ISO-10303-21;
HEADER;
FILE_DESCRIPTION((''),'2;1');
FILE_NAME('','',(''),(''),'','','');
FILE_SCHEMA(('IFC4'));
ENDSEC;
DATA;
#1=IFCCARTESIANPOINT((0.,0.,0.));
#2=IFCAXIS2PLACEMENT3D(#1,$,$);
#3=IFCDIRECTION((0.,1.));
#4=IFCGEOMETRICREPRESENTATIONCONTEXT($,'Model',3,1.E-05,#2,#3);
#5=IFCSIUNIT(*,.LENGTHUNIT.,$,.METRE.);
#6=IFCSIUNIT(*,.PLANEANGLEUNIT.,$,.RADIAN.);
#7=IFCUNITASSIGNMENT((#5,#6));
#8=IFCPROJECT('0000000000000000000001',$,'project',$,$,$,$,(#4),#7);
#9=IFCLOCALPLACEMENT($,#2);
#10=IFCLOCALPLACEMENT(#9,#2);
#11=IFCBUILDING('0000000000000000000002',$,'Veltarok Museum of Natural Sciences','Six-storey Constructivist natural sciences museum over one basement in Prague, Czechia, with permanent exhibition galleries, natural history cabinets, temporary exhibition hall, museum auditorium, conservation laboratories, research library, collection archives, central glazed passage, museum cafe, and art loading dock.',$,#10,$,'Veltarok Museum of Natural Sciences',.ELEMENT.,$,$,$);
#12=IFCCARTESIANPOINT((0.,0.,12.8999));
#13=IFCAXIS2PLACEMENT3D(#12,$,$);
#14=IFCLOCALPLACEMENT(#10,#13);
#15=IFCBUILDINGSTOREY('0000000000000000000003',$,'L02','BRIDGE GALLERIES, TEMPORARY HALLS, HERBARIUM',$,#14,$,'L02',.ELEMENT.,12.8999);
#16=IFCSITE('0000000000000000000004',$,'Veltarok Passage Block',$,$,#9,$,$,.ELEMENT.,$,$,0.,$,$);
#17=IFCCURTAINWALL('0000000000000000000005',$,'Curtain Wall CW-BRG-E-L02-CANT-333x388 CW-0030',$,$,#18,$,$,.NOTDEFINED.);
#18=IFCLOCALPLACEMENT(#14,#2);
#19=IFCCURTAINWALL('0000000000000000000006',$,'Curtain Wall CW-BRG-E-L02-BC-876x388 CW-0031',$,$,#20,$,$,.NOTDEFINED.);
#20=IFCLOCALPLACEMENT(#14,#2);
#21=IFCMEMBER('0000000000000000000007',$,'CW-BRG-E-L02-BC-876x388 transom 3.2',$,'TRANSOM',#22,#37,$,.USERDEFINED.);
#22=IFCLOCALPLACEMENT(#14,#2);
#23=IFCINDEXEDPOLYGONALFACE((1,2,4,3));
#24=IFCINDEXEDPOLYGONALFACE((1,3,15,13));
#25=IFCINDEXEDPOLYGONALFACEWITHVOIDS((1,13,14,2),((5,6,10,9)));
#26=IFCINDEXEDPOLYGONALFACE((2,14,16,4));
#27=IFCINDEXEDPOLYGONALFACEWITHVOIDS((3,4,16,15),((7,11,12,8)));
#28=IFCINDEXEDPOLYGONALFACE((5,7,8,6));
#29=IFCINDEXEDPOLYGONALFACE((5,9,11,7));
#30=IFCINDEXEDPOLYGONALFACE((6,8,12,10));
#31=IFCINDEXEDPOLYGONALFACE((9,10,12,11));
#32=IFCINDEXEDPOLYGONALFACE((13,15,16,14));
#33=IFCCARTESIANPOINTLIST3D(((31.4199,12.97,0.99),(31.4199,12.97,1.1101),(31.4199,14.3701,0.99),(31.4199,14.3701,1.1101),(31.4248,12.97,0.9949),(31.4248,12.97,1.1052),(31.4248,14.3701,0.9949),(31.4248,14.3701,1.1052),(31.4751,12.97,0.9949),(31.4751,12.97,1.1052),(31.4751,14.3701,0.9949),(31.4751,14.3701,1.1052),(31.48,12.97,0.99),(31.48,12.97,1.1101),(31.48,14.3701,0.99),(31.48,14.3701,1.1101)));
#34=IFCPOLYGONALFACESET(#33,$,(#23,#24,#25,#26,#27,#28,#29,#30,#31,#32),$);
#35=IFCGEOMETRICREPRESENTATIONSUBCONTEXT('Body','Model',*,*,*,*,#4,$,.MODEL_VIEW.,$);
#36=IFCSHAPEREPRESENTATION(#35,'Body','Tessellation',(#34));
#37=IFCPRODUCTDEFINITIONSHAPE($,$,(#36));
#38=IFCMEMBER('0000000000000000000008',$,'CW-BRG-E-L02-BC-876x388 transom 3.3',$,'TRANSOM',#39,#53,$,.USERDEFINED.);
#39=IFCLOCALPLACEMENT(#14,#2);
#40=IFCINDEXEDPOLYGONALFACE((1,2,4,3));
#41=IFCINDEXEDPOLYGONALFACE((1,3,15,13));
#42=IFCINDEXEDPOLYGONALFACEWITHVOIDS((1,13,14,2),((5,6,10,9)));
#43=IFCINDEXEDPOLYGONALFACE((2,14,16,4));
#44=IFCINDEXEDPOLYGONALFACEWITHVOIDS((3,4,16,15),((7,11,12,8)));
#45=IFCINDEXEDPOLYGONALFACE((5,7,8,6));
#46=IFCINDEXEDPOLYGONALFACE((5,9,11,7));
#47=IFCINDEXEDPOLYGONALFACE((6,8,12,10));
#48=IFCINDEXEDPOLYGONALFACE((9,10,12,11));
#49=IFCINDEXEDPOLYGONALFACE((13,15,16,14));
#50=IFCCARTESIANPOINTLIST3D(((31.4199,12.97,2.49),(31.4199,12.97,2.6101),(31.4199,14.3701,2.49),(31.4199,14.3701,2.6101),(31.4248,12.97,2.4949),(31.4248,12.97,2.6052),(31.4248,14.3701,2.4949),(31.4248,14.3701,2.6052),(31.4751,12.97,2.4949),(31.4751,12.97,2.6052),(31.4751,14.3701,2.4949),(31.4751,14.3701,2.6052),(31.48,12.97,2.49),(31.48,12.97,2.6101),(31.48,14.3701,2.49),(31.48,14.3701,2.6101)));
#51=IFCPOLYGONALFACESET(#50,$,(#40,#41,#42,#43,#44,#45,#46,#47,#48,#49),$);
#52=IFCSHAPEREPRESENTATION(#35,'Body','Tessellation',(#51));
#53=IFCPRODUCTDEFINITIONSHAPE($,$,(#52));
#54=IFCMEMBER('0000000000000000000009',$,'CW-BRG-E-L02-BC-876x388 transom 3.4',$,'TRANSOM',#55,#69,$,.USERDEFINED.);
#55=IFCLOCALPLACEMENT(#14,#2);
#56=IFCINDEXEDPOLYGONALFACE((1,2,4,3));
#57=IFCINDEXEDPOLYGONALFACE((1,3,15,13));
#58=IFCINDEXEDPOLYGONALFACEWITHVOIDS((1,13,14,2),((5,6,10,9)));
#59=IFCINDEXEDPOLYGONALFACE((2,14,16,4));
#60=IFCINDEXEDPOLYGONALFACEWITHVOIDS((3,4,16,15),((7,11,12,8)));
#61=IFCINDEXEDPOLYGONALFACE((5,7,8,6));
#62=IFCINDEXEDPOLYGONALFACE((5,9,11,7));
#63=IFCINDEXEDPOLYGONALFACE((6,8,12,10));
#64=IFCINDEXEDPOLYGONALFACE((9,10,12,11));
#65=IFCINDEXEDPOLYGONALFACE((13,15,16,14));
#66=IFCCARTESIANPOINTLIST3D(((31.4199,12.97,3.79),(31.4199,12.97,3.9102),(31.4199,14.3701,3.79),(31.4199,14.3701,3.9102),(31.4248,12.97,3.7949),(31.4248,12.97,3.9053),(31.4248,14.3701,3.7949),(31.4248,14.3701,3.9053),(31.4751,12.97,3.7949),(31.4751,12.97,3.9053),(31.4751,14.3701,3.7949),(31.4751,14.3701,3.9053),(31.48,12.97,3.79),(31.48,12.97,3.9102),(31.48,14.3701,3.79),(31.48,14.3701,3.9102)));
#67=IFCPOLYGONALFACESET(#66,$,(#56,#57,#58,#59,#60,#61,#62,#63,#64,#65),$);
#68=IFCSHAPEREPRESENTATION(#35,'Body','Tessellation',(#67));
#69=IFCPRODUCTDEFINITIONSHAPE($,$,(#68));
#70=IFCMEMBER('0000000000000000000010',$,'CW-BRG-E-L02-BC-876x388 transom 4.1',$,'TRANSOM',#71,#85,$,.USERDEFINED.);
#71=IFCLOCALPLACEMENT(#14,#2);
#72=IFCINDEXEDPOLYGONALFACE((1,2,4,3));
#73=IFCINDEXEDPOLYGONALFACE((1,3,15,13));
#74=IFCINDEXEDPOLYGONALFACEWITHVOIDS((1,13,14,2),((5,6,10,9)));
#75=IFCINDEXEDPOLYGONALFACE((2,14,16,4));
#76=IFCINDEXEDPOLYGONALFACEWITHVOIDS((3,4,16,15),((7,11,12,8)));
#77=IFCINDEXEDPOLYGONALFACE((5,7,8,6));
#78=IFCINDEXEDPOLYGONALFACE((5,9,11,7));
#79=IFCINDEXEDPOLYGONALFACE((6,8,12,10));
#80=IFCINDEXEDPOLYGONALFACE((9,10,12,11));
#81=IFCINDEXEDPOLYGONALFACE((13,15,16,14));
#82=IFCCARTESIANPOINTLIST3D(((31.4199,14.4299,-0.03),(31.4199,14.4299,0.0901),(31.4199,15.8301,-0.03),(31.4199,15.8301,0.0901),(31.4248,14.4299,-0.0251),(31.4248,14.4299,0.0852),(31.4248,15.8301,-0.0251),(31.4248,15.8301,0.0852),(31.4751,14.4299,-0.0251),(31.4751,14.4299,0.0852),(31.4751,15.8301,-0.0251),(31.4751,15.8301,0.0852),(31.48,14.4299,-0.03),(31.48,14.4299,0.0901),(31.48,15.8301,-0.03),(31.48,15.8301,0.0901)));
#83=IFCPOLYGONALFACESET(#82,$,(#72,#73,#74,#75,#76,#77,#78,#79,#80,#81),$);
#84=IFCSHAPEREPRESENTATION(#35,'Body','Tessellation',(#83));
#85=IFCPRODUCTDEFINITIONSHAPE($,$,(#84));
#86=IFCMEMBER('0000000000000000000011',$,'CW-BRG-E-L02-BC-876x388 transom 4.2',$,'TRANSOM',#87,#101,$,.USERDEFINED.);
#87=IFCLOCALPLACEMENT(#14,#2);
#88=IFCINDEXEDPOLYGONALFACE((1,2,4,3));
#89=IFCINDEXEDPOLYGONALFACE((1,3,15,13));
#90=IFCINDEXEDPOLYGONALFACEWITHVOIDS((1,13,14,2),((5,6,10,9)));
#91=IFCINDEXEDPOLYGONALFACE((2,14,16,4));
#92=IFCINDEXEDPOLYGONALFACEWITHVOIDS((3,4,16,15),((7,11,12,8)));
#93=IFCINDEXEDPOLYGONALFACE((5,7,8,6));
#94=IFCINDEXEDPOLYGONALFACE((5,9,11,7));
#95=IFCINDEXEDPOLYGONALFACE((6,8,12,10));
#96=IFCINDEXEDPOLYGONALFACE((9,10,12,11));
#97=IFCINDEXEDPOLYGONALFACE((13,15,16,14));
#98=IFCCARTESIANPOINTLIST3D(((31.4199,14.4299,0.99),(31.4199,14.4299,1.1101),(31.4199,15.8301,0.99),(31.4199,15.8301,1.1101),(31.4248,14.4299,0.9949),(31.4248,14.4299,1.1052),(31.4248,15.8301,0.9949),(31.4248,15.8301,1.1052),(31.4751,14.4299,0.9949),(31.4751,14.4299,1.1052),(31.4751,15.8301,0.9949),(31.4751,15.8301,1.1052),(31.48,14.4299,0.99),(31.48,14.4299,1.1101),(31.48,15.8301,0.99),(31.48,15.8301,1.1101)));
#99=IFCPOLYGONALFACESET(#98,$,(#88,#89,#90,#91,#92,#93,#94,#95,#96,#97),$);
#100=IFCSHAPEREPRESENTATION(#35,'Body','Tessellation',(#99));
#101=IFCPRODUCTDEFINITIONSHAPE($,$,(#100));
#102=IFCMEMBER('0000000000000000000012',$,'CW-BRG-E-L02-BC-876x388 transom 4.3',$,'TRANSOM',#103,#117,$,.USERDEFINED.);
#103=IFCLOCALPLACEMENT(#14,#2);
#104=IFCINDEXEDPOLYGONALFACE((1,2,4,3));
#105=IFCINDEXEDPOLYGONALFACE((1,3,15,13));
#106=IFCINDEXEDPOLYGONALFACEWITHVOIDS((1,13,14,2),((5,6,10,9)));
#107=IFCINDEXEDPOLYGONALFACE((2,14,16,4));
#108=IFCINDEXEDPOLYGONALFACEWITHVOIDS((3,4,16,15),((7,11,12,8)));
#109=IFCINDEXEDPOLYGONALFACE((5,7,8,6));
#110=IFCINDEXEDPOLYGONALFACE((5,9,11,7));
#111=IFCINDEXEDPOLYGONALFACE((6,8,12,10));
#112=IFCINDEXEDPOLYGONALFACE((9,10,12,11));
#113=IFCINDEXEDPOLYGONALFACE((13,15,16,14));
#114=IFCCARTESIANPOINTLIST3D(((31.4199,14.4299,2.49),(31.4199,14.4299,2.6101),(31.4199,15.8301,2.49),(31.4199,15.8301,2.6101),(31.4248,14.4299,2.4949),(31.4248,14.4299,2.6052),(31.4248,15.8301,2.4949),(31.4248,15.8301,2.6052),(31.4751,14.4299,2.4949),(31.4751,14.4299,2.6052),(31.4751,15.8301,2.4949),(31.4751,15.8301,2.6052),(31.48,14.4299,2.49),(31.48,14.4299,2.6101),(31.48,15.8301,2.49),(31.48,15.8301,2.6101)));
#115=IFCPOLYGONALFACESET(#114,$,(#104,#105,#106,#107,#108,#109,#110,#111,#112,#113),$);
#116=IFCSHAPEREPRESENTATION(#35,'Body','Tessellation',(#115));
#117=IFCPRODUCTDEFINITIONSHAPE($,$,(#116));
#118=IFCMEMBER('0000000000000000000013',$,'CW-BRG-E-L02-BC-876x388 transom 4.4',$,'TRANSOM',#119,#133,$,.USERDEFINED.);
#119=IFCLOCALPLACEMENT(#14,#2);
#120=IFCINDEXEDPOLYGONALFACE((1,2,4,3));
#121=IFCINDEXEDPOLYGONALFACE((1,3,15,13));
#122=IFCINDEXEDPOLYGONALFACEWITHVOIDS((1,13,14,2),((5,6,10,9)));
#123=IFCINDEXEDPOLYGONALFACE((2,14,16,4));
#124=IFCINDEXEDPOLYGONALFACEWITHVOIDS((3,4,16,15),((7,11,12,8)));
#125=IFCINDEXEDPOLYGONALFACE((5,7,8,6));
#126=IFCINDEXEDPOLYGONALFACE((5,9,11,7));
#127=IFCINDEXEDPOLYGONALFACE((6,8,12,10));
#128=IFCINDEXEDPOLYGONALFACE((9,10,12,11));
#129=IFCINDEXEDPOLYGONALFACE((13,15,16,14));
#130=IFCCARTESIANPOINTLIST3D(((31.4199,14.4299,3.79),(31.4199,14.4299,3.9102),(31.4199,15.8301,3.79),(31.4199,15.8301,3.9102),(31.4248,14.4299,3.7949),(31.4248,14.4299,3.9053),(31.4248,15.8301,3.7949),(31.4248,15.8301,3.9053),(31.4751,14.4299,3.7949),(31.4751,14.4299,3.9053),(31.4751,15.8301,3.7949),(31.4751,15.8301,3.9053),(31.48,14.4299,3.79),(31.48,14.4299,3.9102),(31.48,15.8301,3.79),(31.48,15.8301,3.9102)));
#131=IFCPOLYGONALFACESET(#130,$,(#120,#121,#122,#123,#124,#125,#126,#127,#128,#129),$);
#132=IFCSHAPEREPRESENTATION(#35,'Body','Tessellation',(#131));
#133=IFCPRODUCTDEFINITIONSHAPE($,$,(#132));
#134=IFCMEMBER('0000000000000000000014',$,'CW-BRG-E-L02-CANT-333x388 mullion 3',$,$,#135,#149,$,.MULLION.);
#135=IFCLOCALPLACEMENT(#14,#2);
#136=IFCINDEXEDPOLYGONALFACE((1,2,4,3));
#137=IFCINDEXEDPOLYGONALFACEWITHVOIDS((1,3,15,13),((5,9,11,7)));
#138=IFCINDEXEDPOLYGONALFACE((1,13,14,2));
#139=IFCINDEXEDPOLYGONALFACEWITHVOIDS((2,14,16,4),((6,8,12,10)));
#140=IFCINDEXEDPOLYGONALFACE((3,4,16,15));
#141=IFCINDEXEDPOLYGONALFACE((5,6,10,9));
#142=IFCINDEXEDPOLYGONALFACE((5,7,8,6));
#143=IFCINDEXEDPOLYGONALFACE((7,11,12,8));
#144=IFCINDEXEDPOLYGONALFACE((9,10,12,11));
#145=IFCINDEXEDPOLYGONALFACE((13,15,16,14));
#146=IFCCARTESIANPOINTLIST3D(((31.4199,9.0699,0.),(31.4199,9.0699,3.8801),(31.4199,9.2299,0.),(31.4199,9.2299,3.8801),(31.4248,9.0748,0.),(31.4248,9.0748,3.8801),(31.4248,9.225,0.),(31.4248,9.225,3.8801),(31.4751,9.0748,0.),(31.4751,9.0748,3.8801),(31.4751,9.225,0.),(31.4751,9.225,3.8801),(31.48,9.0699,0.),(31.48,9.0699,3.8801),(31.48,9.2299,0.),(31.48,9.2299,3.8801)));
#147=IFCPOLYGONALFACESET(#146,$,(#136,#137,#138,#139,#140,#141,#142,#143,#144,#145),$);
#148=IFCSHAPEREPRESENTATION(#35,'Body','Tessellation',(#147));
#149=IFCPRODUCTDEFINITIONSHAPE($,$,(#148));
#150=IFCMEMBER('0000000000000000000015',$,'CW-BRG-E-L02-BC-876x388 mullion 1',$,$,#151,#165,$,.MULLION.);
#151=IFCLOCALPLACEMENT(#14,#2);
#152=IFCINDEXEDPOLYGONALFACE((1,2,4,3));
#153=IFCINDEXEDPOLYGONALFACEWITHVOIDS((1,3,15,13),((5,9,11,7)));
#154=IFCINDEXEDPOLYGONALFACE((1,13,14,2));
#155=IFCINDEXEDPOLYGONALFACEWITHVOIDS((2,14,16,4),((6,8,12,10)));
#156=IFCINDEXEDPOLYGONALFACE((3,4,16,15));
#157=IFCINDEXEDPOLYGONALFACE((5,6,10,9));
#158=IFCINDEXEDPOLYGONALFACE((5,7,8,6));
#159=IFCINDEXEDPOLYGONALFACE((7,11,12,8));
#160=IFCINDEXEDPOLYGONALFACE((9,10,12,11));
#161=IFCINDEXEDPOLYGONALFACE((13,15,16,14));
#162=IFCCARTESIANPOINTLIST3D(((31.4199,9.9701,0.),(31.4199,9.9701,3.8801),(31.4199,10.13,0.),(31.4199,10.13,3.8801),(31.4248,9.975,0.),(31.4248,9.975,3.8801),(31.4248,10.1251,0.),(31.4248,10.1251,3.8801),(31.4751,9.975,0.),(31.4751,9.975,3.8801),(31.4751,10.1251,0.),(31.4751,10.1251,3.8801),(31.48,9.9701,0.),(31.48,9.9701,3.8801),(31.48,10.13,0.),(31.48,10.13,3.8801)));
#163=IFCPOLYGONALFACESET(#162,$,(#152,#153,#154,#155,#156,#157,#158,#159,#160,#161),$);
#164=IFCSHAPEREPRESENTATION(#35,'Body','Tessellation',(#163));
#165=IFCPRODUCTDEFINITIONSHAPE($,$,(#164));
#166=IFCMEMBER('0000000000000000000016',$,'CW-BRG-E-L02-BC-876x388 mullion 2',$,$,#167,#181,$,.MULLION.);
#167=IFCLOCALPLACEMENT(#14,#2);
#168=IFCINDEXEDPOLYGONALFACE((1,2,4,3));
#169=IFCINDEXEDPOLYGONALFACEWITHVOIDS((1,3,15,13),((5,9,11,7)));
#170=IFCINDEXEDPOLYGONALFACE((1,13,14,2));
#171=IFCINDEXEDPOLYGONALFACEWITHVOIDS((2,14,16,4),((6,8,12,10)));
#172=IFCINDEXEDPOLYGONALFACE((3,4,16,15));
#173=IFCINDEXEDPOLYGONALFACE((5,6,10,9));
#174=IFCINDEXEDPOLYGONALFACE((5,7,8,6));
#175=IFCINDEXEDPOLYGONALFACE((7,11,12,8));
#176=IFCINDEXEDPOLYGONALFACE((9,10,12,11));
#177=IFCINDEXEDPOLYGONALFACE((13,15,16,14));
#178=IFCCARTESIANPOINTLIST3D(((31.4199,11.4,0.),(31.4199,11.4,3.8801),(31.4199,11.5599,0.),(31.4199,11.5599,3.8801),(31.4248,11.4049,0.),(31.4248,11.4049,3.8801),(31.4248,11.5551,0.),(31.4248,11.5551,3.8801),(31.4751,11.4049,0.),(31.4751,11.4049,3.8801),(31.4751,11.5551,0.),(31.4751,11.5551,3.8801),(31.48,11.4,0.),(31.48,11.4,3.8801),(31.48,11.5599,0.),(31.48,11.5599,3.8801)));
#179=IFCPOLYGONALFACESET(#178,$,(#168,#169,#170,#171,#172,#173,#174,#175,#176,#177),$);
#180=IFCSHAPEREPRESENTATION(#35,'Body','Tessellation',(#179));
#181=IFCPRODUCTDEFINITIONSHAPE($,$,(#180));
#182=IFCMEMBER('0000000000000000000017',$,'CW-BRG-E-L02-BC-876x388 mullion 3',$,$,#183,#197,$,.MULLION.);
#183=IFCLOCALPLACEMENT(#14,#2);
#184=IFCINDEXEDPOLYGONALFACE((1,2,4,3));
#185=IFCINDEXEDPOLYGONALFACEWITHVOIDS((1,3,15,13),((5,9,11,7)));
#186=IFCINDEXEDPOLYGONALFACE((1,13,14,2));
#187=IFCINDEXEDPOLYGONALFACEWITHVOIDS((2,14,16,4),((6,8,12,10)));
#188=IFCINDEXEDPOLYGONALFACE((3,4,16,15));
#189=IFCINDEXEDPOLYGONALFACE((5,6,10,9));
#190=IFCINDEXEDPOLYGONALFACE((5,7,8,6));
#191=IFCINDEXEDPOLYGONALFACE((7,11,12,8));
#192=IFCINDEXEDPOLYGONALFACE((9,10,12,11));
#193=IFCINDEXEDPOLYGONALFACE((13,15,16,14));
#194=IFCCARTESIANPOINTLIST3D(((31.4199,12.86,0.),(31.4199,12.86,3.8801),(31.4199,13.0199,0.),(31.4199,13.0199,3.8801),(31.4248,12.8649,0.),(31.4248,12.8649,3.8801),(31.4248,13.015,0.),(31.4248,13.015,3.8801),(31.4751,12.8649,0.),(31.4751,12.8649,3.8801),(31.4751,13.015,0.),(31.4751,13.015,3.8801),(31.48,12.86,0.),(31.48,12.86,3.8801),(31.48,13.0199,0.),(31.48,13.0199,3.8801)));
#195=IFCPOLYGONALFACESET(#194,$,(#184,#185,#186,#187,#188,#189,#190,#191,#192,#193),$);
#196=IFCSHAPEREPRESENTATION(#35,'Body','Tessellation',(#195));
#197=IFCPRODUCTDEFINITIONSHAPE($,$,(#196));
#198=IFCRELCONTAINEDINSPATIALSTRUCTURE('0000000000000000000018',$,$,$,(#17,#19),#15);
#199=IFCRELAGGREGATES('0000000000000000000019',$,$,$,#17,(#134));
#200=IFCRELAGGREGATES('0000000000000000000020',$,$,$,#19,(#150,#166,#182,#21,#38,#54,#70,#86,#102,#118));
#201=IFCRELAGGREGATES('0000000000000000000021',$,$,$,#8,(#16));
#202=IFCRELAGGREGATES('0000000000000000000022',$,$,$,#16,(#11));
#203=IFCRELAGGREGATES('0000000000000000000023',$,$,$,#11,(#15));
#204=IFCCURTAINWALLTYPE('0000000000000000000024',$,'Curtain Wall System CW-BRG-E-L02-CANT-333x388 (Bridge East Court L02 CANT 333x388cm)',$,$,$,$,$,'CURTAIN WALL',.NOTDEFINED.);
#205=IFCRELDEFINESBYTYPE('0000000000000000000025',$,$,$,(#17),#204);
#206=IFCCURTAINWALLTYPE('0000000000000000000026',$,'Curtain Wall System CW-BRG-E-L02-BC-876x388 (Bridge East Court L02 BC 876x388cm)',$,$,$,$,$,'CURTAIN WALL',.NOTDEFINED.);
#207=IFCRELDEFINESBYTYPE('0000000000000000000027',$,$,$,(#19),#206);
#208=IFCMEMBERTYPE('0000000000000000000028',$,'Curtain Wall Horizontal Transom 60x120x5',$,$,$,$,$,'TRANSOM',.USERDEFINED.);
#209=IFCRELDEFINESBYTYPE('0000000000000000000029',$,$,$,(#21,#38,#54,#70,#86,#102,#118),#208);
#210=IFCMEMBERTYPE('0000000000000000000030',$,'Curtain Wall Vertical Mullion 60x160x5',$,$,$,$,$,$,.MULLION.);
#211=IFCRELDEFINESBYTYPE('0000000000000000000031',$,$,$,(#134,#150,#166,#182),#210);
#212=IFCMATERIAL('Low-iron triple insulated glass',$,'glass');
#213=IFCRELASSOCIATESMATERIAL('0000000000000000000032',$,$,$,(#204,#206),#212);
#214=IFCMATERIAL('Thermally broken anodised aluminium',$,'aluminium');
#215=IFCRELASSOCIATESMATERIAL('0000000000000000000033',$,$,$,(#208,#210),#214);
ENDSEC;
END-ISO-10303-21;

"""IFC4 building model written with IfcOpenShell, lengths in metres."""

from ifc_helpers import new_model, si_unit, direction, frame, origin, origin_2d, place, context, subcontext, project, spatial, hollow_rectangle, extrude, material, material_profile, profile_set, type_object, element, aggregate, save


model = new_model("IFC4")

# Units and contexts
model_context = context("Model", 3, precision=1e-05, world=origin(), true_north=direction((0.0, 1.0)))
body_context = subcontext(model_context, "Body", "Model", "MODEL_VIEW")
ifc_project = project(units=[si_unit("LENGTHUNIT", "METRE"), si_unit("PLANEANGLEUNIT", "RADIAN")], contexts=[model_context])

# Site, building, storey
site_placement = place(None, origin())
site = spatial("IfcSite", under=ifc_project, at=site_placement, Name="Veltarok Passage Block", CompositionType="ELEMENT", RefElevation=0.0)
building_placement = place(site_placement, origin())
building = spatial("IfcBuilding", under=site, at=building_placement, Name="Veltarok Museum of Natural Sciences", Description="Six-storey Constructivist natural sciences museum over one basement in Prague, Czechia, with permanent exhibition galleries, natural history cabinets, temporary exhibition hall, museum auditorium, conservation laboratories, research library, collection archives, central glazed passage, museum cafe, and art loading dock.", LongName="Veltarok Museum of Natural Sciences", CompositionType="ELEMENT")
storey_placement = place(building_placement, frame((0.0, 0.0, 12.8999)))
storey = spatial("IfcBuildingStorey", under=building, at=storey_placement, Name="L02", Description="BRIDGE GALLERIES, TEMPORARY HALLS, HERBARIUM", LongName="L02", CompositionType="ELEMENT", Elevation=12.8999)

# Curtain walls, members
ifc_material_1 = material(Name="Low-iron triple insulated glass", Category="glass")
curtain_wall_type_1 = type_object("IfcCurtainWallType", Name="Curtain Wall System CW-BRG-E-L02-CANT-333x388 (Bridge East Court L02 CANT 333x388cm)", ElementType="CURTAIN WALL", PredefinedType="NOTDEFINED", material=ifc_material_1)
curtain_wall_1_placement = place(storey_placement, origin())
curtain_wall_1 = element("IfcCurtainWall", 1, at=curtain_wall_1_placement, inside=storey, type_object=curtain_wall_type_1, Name="Curtain Wall CW-BRG-E-L02-CANT-333x388 CW-0030", PredefinedType="NOTDEFINED")
ifc_material_2 = material(Name="Thermally broken anodised aluminium", Category="aluminium")
ifc_material_profile_1 = material_profile(ifc_material_2, hollow_rectangle(XDim=0.0601, YDim=0.1201, WallThickness=0.0049, at=origin_2d()), Name="CW TRANSOM 60x120x5")
ifc_profile_set_1 = profile_set([ifc_material_profile_1], Name="Thermally broken anodised aluminium")
member_type_1 = type_object("IfcMemberType", Name="Curtain Wall Horizontal Transom 60x120x5", ElementType="TRANSOM", PredefinedType="USERDEFINED", material=ifc_profile_set_1)
curtain_wall_type_2 = type_object("IfcCurtainWallType", Name="Curtain Wall System CW-BRG-E-L02-BC-876x388 (Bridge East Court L02 BC 876x388cm)", ElementType="CURTAIN WALL", PredefinedType="NOTDEFINED", material=ifc_material_1)
curtain_wall_2_placement = place(storey_placement, origin())
curtain_wall_2 = element("IfcCurtainWall", 2, at=curtain_wall_2_placement, inside=storey, type_object=curtain_wall_type_2, Name="Curtain Wall CW-BRG-E-L02-BC-876x388 CW-0031", PredefinedType="NOTDEFINED")
member_1_placement = place(storey_placement, frame((31.45, 12.97, 1.05), z_axis=(0.0, 1.0, 0.0), x_axis=(-1.0, 0.0, 0.0)))
member_1 = element("IfcMember", 3, at=member_1_placement, type_object=member_type_1, Name="CW-BRG-E-L02-BC-876x388 transom 3.2", ObjectType="TRANSOM", PredefinedType="USERDEFINED", context=body_context, shape_type="SweptSolid", body=[
    extrude(hollow_rectangle(XDim=0.0601, YDim=0.1201, WallThickness=0.0049, at=origin_2d()), origin(), (0.0, 0.0, 1.0), 1.4001),
])
member_2_placement = place(storey_placement, frame((31.45, 12.97, 2.55), z_axis=(0.0, 1.0, 0.0), x_axis=(-1.0, 0.0, 0.0)))
member_2 = element("IfcMember", 4, at=member_2_placement, type_object=member_type_1, Name="CW-BRG-E-L02-BC-876x388 transom 3.3", ObjectType="TRANSOM", PredefinedType="USERDEFINED", context=body_context, shape_type="SweptSolid", body=[
    extrude(hollow_rectangle(XDim=0.0601, YDim=0.1201, WallThickness=0.0049, at=origin_2d()), origin(), (0.0, 0.0, 1.0), 1.4001),
])
member_3_placement = place(storey_placement, frame((31.45, 12.97, 3.8501), z_axis=(0.0, 1.0, 0.0), x_axis=(-1.0, 0.0, 0.0)))
member_3 = element("IfcMember", 5, at=member_3_placement, type_object=member_type_1, Name="CW-BRG-E-L02-BC-876x388 transom 3.4", ObjectType="TRANSOM", PredefinedType="USERDEFINED", context=body_context, shape_type="SweptSolid", body=[
    extrude(hollow_rectangle(XDim=0.0601, YDim=0.1201, WallThickness=0.0049, at=origin_2d()), origin(), (0.0, 0.0, 1.0), 1.4001),
])
member_4_placement = place(storey_placement, frame((31.45, 14.4299, 0.03), z_axis=(0.0, 1.0, 0.0), x_axis=(-1.0, 0.0, 0.0)))
member_4 = element("IfcMember", 6, at=member_4_placement, type_object=member_type_1, Name="CW-BRG-E-L02-BC-876x388 transom 4.1", ObjectType="TRANSOM", PredefinedType="USERDEFINED", context=body_context, shape_type="SweptSolid", body=[
    extrude(hollow_rectangle(XDim=0.0601, YDim=0.1201, WallThickness=0.0049, at=origin_2d()), origin(), (0.0, 0.0, 1.0), 1.4001),
])
member_5_placement = place(storey_placement, frame((31.45, 14.4299, 1.05), z_axis=(0.0, 1.0, 0.0), x_axis=(-1.0, 0.0, 0.0)))
member_5 = element("IfcMember", 7, at=member_5_placement, type_object=member_type_1, Name="CW-BRG-E-L02-BC-876x388 transom 4.2", ObjectType="TRANSOM", PredefinedType="USERDEFINED", context=body_context, shape_type="SweptSolid", body=[
    extrude(hollow_rectangle(XDim=0.0601, YDim=0.1201, WallThickness=0.0049, at=origin_2d()), origin(), (0.0, 0.0, 1.0), 1.4001),
])
member_6_placement = place(storey_placement, frame((31.45, 14.4299, 2.55), z_axis=(0.0, 1.0, 0.0), x_axis=(-1.0, 0.0, 0.0)))
member_6 = element("IfcMember", 8, at=member_6_placement, type_object=member_type_1, Name="CW-BRG-E-L02-BC-876x388 transom 4.3", ObjectType="TRANSOM", PredefinedType="USERDEFINED", context=body_context, shape_type="SweptSolid", body=[
    extrude(hollow_rectangle(XDim=0.0601, YDim=0.1201, WallThickness=0.0049, at=origin_2d()), origin(), (0.0, 0.0, 1.0), 1.4001),
])
member_7_placement = place(storey_placement, frame((31.45, 14.4299, 3.8501), z_axis=(0.0, 1.0, 0.0), x_axis=(-1.0, 0.0, 0.0)))
member_7 = element("IfcMember", 9, at=member_7_placement, type_object=member_type_1, Name="CW-BRG-E-L02-BC-876x388 transom 4.4", ObjectType="TRANSOM", PredefinedType="USERDEFINED", context=body_context, shape_type="SweptSolid", body=[
    extrude(hollow_rectangle(XDim=0.0601, YDim=0.1201, WallThickness=0.0049, at=origin_2d()), origin(), (0.0, 0.0, 1.0), 1.4001),
])

# Members
ifc_material_profile_2 = material_profile(ifc_material_2, hollow_rectangle(XDim=0.0601, YDim=0.1599, WallThickness=0.0049, at=origin_2d()), Name="CW MULLION 60x160x5")
ifc_profile_set_2 = profile_set([ifc_material_profile_2], Name="Thermally broken anodised aluminium")
member_type_2 = type_object("IfcMemberType", Name="Curtain Wall Vertical Mullion 60x160x5", PredefinedType="MULLION", material=ifc_profile_set_2)
member_8_placement = place(storey_placement, frame((31.45, 9.1499, 0.0), z_axis=(0.0, 0.0, 1.0), x_axis=(-1.0, 0.0, 0.0)))
member_8 = element("IfcMember", 10, at=member_8_placement, type_object=member_type_2, Name="CW-BRG-E-L02-CANT-333x388 mullion 3", PredefinedType="MULLION", context=body_context, shape_type="SweptSolid", body=[
    extrude(hollow_rectangle(XDim=0.0601, YDim=0.1599, WallThickness=0.0049, at=origin_2d()), origin(), (0.0, 0.0, 1.0), 3.8801),
])
member_9_placement = place(storey_placement, frame((31.45, 10.05, 0.0), z_axis=(0.0, 0.0, 1.0), x_axis=(-1.0, 0.0, 0.0)))
member_9 = element("IfcMember", 11, at=member_9_placement, type_object=member_type_2, Name="CW-BRG-E-L02-BC-876x388 mullion 1", PredefinedType="MULLION", context=body_context, shape_type="SweptSolid", body=[
    extrude(hollow_rectangle(XDim=0.0601, YDim=0.1599, WallThickness=0.0049, at=origin_2d()), origin(), (0.0, 0.0, 1.0), 3.8801),
])
member_10_placement = place(storey_placement, frame((31.45, 11.48, 0.0), z_axis=(0.0, 0.0, 1.0), x_axis=(-1.0, 0.0, 0.0)))
member_10 = element("IfcMember", 12, at=member_10_placement, type_object=member_type_2, Name="CW-BRG-E-L02-BC-876x388 mullion 2", PredefinedType="MULLION", context=body_context, shape_type="SweptSolid", body=[
    extrude(hollow_rectangle(XDim=0.0601, YDim=0.1599, WallThickness=0.0049, at=origin_2d()), origin(), (0.0, 0.0, 1.0), 3.8801),
])
member_11_placement = place(storey_placement, frame((31.45, 12.9399, 0.0), z_axis=(0.0, 0.0, 1.0), x_axis=(-1.0, 0.0, 0.0)))
member_11 = element("IfcMember", 13, at=member_11_placement, type_object=member_type_2, Name="CW-BRG-E-L02-BC-876x388 mullion 3", PredefinedType="MULLION", context=body_context, shape_type="SweptSolid", body=[
    extrude(hollow_rectangle(XDim=0.0601, YDim=0.1599, WallThickness=0.0049, at=origin_2d()), origin(), (0.0, 0.0, 1.0), 3.8801),
])

aggregate(curtain_wall_1, [member_8])
aggregate(curtain_wall_2, [member_9, member_10, member_11, member_1, member_2, member_3, member_4, member_5, member_6, member_7])

save(model, "model.ifc")
